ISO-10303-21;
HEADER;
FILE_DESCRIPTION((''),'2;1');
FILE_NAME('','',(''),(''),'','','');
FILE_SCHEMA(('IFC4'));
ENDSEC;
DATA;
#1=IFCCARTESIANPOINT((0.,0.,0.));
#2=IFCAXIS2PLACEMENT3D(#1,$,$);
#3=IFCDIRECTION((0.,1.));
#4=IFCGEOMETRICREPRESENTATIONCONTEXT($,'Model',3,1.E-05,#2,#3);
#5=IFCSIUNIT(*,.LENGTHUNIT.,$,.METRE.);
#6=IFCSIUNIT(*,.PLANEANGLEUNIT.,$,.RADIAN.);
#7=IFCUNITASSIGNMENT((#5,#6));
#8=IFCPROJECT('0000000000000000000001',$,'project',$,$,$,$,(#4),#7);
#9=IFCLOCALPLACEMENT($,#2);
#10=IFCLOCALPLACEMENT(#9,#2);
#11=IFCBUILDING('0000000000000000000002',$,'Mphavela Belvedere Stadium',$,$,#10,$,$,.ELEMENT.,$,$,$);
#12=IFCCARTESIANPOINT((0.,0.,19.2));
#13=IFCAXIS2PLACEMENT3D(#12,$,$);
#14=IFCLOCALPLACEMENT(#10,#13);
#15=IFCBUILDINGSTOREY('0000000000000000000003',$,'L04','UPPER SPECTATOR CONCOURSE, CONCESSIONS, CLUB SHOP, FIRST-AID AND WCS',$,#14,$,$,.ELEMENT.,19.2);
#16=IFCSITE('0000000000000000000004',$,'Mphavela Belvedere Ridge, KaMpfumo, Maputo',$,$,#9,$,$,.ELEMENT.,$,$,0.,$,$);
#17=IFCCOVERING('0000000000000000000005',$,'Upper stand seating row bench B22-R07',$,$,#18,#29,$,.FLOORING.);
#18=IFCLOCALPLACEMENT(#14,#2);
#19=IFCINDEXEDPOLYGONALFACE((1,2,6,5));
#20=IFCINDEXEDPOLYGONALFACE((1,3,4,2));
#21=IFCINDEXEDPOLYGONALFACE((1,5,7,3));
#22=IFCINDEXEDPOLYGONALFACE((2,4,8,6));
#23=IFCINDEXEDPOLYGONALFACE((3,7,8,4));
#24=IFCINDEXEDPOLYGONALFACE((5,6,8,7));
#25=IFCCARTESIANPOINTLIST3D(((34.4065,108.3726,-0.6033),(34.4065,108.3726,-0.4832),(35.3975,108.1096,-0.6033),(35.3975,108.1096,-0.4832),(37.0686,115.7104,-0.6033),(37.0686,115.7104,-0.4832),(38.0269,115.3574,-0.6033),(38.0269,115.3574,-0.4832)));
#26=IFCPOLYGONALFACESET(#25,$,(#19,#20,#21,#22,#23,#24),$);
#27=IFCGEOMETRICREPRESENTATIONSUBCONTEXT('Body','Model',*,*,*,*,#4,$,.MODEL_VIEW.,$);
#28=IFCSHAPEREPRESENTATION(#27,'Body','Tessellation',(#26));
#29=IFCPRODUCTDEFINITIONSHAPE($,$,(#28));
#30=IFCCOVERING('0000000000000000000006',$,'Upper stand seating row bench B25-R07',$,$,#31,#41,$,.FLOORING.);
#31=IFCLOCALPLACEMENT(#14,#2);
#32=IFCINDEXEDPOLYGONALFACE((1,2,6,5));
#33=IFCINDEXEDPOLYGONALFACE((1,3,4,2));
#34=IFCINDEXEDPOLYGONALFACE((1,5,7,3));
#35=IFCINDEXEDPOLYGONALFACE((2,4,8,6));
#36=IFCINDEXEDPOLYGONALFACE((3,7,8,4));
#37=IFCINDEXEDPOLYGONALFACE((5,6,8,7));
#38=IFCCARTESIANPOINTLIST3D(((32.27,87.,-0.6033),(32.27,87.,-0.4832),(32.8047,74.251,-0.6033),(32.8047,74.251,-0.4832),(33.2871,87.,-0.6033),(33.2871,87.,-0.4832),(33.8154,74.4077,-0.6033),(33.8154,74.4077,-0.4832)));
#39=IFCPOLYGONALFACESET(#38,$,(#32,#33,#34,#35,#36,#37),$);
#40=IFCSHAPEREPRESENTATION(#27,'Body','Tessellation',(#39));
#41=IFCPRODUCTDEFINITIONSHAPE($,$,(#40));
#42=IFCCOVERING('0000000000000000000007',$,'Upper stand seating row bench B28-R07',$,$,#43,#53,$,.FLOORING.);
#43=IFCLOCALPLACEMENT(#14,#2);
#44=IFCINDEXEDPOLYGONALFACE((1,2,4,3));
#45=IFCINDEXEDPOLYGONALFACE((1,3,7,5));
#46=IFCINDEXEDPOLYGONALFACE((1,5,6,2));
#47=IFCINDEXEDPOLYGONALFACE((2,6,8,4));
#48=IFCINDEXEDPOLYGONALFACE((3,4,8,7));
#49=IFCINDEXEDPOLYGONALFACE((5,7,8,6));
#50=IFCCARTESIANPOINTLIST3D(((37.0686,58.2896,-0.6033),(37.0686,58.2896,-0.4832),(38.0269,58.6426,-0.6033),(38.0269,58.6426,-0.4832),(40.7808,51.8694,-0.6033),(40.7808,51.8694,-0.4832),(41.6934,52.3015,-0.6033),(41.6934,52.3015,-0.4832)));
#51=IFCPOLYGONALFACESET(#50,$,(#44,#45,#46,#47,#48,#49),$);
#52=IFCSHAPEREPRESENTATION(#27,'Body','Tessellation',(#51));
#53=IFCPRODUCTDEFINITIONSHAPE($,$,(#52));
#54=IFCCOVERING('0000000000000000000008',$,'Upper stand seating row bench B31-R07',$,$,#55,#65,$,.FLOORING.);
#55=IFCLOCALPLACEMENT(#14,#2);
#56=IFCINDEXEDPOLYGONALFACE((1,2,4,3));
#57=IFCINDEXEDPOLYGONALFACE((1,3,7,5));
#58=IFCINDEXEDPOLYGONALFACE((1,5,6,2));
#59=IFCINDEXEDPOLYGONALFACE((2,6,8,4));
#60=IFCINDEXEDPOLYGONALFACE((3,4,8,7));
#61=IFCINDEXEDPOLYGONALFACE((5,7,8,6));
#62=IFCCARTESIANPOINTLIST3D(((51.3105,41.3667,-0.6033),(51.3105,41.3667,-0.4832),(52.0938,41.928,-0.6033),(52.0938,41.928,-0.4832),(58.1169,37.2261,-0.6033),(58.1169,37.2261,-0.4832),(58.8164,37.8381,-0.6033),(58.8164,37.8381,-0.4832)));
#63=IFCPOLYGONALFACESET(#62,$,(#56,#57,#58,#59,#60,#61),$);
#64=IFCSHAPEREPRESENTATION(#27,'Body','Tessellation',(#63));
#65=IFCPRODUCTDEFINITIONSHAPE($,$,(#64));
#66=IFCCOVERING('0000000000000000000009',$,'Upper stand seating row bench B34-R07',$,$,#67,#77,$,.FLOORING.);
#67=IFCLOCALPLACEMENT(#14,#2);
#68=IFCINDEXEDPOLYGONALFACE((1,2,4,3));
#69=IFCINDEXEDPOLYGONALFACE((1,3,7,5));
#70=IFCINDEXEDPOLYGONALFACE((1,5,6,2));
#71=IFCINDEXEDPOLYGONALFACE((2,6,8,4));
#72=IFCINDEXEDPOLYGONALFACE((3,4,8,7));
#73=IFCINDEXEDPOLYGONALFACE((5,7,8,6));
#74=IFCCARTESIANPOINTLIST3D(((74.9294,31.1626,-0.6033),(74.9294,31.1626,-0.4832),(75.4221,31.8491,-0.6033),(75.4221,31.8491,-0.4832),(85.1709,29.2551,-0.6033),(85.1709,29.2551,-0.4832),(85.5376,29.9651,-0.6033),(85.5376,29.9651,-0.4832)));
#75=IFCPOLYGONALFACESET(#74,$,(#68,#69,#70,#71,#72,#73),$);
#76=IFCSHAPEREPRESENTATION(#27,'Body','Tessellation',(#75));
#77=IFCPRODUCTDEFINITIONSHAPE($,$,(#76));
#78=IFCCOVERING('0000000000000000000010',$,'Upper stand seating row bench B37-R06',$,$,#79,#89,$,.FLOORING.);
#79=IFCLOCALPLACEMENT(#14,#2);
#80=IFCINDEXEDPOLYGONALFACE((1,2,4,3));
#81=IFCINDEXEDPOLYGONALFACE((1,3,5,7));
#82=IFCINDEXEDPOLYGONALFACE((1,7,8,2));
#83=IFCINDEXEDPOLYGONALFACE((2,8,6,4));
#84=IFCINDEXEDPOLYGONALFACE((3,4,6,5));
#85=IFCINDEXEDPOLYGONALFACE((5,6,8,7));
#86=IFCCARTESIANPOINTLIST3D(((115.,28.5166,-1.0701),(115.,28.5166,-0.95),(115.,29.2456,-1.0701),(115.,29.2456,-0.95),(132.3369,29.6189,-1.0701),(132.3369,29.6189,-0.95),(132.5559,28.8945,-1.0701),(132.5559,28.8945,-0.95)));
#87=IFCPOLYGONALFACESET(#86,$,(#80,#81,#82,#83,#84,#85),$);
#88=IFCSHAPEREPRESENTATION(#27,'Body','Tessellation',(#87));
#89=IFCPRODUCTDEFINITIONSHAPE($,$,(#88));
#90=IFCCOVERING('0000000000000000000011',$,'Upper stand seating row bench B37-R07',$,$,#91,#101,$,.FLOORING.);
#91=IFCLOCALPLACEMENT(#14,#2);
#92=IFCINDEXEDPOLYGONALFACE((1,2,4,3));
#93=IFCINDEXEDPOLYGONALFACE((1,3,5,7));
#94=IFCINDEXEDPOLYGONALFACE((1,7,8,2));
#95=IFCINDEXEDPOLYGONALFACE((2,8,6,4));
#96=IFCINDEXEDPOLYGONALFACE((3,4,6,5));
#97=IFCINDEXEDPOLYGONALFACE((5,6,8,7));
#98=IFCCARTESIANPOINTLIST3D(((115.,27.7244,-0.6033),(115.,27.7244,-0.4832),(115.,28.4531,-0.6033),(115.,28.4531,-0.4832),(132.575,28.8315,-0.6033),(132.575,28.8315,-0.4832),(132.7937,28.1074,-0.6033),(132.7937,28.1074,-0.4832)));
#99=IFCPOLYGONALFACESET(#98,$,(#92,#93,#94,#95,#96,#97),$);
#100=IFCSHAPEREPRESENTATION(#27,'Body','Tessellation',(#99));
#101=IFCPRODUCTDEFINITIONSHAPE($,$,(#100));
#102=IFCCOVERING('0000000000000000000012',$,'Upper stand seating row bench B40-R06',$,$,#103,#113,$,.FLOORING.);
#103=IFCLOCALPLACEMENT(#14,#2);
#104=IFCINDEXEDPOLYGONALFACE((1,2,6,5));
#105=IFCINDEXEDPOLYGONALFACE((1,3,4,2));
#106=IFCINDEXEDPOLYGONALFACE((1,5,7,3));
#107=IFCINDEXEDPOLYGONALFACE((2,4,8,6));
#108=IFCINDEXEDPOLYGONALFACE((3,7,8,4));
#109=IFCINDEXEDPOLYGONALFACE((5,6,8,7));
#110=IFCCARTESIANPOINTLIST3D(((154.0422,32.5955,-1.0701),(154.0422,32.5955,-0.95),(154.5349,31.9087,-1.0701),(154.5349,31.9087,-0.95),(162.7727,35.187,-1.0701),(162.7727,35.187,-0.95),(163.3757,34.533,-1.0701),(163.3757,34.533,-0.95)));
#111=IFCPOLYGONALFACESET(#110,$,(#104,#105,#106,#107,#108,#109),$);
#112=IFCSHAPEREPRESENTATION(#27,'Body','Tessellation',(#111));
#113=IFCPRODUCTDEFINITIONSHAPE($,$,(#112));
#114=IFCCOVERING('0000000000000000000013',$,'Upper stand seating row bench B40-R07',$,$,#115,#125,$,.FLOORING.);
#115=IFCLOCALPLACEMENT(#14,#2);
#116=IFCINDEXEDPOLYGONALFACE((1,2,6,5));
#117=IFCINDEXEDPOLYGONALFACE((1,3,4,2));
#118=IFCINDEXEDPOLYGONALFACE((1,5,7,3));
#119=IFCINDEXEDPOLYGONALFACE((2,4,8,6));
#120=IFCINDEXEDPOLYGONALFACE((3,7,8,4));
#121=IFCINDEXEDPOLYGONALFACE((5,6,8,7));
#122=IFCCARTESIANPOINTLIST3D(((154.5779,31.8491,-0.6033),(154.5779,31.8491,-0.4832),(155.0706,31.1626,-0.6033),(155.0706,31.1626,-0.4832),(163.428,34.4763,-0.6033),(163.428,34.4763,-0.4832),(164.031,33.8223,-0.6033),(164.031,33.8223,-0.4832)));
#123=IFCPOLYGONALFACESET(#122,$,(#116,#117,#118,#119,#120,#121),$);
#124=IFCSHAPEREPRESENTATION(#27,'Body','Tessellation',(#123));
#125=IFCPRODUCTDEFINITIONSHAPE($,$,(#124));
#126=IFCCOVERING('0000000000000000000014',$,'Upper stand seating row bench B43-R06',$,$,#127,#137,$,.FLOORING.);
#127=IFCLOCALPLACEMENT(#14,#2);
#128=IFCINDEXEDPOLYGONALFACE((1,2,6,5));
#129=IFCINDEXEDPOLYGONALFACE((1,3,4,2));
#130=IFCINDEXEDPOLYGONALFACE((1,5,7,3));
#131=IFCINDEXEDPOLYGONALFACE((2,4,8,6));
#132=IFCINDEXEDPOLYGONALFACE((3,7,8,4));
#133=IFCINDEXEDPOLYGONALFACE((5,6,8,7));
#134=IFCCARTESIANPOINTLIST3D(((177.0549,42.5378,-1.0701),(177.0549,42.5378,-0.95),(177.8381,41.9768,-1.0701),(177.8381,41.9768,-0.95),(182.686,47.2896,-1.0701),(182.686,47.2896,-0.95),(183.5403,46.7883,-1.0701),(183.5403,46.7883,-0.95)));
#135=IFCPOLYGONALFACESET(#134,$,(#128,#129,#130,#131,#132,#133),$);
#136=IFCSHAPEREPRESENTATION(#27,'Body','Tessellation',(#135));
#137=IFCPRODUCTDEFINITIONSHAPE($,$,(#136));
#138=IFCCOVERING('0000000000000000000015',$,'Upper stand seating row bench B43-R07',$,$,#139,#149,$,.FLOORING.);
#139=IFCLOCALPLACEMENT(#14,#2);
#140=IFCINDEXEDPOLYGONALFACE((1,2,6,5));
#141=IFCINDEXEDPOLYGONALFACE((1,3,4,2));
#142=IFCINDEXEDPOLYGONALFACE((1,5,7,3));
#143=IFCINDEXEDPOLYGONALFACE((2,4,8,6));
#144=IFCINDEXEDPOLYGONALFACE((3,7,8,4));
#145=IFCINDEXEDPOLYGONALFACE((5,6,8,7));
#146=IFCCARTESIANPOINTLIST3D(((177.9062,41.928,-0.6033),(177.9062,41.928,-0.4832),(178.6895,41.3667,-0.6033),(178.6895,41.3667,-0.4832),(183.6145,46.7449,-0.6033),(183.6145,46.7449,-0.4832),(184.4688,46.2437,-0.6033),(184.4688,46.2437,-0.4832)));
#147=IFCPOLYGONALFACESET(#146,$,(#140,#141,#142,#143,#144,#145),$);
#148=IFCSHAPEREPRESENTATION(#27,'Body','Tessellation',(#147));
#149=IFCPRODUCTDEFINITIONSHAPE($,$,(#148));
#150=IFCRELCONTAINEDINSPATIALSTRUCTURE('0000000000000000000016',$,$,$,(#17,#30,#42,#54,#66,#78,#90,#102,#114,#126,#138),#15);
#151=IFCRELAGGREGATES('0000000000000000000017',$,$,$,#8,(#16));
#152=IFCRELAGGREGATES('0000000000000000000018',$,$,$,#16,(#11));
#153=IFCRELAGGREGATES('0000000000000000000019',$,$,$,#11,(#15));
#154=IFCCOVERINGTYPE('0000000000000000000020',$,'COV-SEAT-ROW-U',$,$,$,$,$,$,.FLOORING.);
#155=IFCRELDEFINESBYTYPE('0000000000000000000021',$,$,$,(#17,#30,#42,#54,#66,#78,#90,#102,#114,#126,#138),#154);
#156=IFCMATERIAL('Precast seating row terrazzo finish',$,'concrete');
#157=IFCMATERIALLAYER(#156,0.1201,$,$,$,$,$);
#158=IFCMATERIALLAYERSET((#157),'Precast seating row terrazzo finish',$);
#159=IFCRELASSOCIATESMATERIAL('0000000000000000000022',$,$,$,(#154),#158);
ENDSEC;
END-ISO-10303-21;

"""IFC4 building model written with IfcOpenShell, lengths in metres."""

from ifc_helpers import new_model, si_unit, direction, frame, origin, place, context, subcontext, project, spatial, polyline, outline, extrude, material, layer, layer_set, type_object, element, save


model = new_model("IFC4")

# Units and contexts
model_context = context("Model", 3, precision=1e-05, world=origin(), true_north=direction((0.0, 1.0)))
body_context = subcontext(model_context, "Body", "Model", "MODEL_VIEW")
ifc_project = project(units=[si_unit("LENGTHUNIT", "METRE"), si_unit("PLANEANGLEUNIT", "RADIAN")], contexts=[model_context])

# Site, building, storey
site_placement = place(None, origin())
site = spatial("IfcSite", under=ifc_project, at=site_placement, Name="Mphavela Belvedere Ridge, KaMpfumo, Maputo", CompositionType="ELEMENT", RefElevation=0.0)
building_placement = place(site_placement, origin())
building = spatial("IfcBuilding", under=site, at=building_placement, Name="Mphavela Belvedere Stadium", CompositionType="ELEMENT")
storey_placement = place(building_placement, frame((0.0, 0.0, 19.2)))
storey = spatial("IfcBuildingStorey", under=building, at=storey_placement, Name="L04", Description="UPPER SPECTATOR CONCOURSE, CONCESSIONS, CLUB SHOP, FIRST-AID AND WCS", CompositionType="ELEMENT", Elevation=19.2)

# Coverings
ifc_material_1 = material(Name="Precast seating row terrazzo finish", Category="concrete")
ifc_layer_1 = layer(ifc_material_1, 0.1201)
ifc_layer_set_1 = layer_set([ifc_layer_1], Name="Precast seating row terrazzo finish")
covering_type = type_object("IfcCoveringType", Name="COV-SEAT-ROW-U", PredefinedType="FLOORING", material=ifc_layer_set_1)
covering_1_placement = place(storey_placement, frame((0.0, 0.0, -0.6033)))
element("IfcCovering", 1, at=covering_1_placement, inside=storey, type_object=covering_type, Name="Upper stand seating row bench B22-R07", PredefinedType="FLOORING", context=body_context, shape_type="SweptSolid", body=[
    extrude(outline(polyline([(38.0269, 115.3574), (35.3975, 108.1096), (34.4065, 108.3726), (37.0686, 115.7104), (38.0269, 115.3574)])), origin(), (0.0, 0.0, 1.0), 0.1201),
])
covering_2_placement = place(storey_placement, frame((0.0, 0.0, -0.6033)))
element("IfcCovering", 2, at=covering_2_placement, inside=storey, type_object=covering_type, Name="Upper stand seating row bench B25-R07", PredefinedType="FLOORING", context=body_context, shape_type="SweptSolid", body=[
    extrude(outline(polyline([(33.2871, 87.0), (33.8154, 74.4077), (32.8047, 74.251), (32.27, 87.0), (33.2871, 87.0)])), origin(), (0.0, 0.0, 1.0), 0.1201),
])
covering_3_placement = place(storey_placement, frame((0.0, 0.0, -0.6033)))
element("IfcCovering", 3, at=covering_3_placement, inside=storey, type_object=covering_type, Name="Upper stand seating row bench B28-R07", PredefinedType="FLOORING", context=body_context, shape_type="SweptSolid", body=[
    extrude(outline(polyline([(38.0269, 58.6426), (41.6934, 52.3015), (40.7808, 51.8694), (37.0686, 58.2896), (38.0269, 58.6426)])), origin(), (0.0, 0.0, 1.0), 0.1201),
])
covering_4_placement = place(storey_placement, frame((0.0, 0.0, -0.6033)))
element("IfcCovering", 4, at=covering_4_placement, inside=storey, type_object=covering_type, Name="Upper stand seating row bench B31-R07", PredefinedType="FLOORING", context=body_context, shape_type="SweptSolid", body=[
    extrude(outline(polyline([(52.0938, 41.928), (58.8164, 37.8381), (58.1169, 37.2261), (51.3105, 41.3667), (52.0938, 41.928)])), origin(), (0.0, 0.0, 1.0), 0.1201),
])
covering_5_placement = place(storey_placement, frame((0.0, 0.0, -0.6033)))
element("IfcCovering", 5, at=covering_5_placement, inside=storey, type_object=covering_type, Name="Upper stand seating row bench B34-R07", PredefinedType="FLOORING", context=body_context, shape_type="SweptSolid", body=[
    extrude(outline(polyline([(75.4221, 31.8491), (85.5376, 29.9651), (85.1709, 29.2551), (74.9294, 31.1626), (75.4221, 31.8491)])), origin(), (0.0, 0.0, 1.0), 0.1201),
])
covering_6_placement = place(storey_placement, frame((0.0, 0.0, -1.0701)))
element("IfcCovering", 6, at=covering_6_placement, inside=storey, type_object=covering_type, Name="Upper stand seating row bench B37-R06", PredefinedType="FLOORING", context=body_context, shape_type="SweptSolid", body=[
    extrude(outline(polyline([(115.0, 29.2456), (132.3369, 29.6189), (132.5559, 28.8945), (115.0, 28.5166), (115.0, 29.2456)])), origin(), (0.0, 0.0, 1.0), 0.1201),
])
covering_7_placement = place(storey_placement, frame((0.0, 0.0, -0.6033)))
element("IfcCovering", 7, at=covering_7_placement, inside=storey, type_object=covering_type, Name="Upper stand seating row bench B37-R07", PredefinedType="FLOORING", context=body_context, shape_type="SweptSolid", body=[
    extrude(outline(polyline([(115.0, 28.4531), (132.575, 28.8315), (132.7937, 28.1074), (115.0, 27.7244), (115.0, 28.4531)])), origin(), (0.0, 0.0, 1.0), 0.1201),
])
covering_8_placement = place(storey_placement, frame((0.0, 0.0, -1.0701)))
element("IfcCovering", 8, at=covering_8_placement, inside=storey, type_object=covering_type, Name="Upper stand seating row bench B40-R06", PredefinedType="FLOORING", context=body_context, shape_type="SweptSolid", body=[
    extrude(outline(polyline([(154.0422, 32.5955), (162.7727, 35.187), (163.3757, 34.533), (154.5349, 31.9087), (154.0422, 32.5955)])), origin(), (0.0, 0.0, 1.0), 0.1201),
])
covering_9_placement = place(storey_placement, frame((0.0, 0.0, -0.6033)))
element("IfcCovering", 9, at=covering_9_placement, inside=storey, type_object=covering_type, Name="Upper stand seating row bench B40-R07", PredefinedType="FLOORING", context=body_context, shape_type="SweptSolid", body=[
    extrude(outline(polyline([(154.5779, 31.8491), (163.428, 34.4763), (164.031, 33.8223), (155.0706, 31.1626), (154.5779, 31.8491)])), origin(), (0.0, 0.0, 1.0), 0.1201),
])
covering_10_placement = place(storey_placement, frame((0.0, 0.0, -1.0701)))
element("IfcCovering", 10, at=covering_10_placement, inside=storey, type_object=covering_type, Name="Upper stand seating row bench B43-R06", PredefinedType="FLOORING", context=body_context, shape_type="SweptSolid", body=[
    extrude(outline(polyline([(177.0549, 42.5378), (182.686, 47.2896), (183.5403, 46.7883), (177.8381, 41.9768), (177.0549, 42.5378)])), origin(), (0.0, 0.0, 1.0), 0.1201),
])
covering_11_placement = place(storey_placement, frame((0.0, 0.0, -0.6033)))
element("IfcCovering", 11, at=covering_11_placement, inside=storey, type_object=covering_type, Name="Upper stand seating row bench B43-R07", PredefinedType="FLOORING", context=body_context, shape_type="SweptSolid", body=[
    extrude(outline(polyline([(177.9062, 41.928), (183.6145, 46.7449), (184.4688, 46.2437), (178.6895, 41.3667), (177.9062, 41.928)])), origin(), (0.0, 0.0, 1.0), 0.1201),
])

save(model, "model.ifc")
